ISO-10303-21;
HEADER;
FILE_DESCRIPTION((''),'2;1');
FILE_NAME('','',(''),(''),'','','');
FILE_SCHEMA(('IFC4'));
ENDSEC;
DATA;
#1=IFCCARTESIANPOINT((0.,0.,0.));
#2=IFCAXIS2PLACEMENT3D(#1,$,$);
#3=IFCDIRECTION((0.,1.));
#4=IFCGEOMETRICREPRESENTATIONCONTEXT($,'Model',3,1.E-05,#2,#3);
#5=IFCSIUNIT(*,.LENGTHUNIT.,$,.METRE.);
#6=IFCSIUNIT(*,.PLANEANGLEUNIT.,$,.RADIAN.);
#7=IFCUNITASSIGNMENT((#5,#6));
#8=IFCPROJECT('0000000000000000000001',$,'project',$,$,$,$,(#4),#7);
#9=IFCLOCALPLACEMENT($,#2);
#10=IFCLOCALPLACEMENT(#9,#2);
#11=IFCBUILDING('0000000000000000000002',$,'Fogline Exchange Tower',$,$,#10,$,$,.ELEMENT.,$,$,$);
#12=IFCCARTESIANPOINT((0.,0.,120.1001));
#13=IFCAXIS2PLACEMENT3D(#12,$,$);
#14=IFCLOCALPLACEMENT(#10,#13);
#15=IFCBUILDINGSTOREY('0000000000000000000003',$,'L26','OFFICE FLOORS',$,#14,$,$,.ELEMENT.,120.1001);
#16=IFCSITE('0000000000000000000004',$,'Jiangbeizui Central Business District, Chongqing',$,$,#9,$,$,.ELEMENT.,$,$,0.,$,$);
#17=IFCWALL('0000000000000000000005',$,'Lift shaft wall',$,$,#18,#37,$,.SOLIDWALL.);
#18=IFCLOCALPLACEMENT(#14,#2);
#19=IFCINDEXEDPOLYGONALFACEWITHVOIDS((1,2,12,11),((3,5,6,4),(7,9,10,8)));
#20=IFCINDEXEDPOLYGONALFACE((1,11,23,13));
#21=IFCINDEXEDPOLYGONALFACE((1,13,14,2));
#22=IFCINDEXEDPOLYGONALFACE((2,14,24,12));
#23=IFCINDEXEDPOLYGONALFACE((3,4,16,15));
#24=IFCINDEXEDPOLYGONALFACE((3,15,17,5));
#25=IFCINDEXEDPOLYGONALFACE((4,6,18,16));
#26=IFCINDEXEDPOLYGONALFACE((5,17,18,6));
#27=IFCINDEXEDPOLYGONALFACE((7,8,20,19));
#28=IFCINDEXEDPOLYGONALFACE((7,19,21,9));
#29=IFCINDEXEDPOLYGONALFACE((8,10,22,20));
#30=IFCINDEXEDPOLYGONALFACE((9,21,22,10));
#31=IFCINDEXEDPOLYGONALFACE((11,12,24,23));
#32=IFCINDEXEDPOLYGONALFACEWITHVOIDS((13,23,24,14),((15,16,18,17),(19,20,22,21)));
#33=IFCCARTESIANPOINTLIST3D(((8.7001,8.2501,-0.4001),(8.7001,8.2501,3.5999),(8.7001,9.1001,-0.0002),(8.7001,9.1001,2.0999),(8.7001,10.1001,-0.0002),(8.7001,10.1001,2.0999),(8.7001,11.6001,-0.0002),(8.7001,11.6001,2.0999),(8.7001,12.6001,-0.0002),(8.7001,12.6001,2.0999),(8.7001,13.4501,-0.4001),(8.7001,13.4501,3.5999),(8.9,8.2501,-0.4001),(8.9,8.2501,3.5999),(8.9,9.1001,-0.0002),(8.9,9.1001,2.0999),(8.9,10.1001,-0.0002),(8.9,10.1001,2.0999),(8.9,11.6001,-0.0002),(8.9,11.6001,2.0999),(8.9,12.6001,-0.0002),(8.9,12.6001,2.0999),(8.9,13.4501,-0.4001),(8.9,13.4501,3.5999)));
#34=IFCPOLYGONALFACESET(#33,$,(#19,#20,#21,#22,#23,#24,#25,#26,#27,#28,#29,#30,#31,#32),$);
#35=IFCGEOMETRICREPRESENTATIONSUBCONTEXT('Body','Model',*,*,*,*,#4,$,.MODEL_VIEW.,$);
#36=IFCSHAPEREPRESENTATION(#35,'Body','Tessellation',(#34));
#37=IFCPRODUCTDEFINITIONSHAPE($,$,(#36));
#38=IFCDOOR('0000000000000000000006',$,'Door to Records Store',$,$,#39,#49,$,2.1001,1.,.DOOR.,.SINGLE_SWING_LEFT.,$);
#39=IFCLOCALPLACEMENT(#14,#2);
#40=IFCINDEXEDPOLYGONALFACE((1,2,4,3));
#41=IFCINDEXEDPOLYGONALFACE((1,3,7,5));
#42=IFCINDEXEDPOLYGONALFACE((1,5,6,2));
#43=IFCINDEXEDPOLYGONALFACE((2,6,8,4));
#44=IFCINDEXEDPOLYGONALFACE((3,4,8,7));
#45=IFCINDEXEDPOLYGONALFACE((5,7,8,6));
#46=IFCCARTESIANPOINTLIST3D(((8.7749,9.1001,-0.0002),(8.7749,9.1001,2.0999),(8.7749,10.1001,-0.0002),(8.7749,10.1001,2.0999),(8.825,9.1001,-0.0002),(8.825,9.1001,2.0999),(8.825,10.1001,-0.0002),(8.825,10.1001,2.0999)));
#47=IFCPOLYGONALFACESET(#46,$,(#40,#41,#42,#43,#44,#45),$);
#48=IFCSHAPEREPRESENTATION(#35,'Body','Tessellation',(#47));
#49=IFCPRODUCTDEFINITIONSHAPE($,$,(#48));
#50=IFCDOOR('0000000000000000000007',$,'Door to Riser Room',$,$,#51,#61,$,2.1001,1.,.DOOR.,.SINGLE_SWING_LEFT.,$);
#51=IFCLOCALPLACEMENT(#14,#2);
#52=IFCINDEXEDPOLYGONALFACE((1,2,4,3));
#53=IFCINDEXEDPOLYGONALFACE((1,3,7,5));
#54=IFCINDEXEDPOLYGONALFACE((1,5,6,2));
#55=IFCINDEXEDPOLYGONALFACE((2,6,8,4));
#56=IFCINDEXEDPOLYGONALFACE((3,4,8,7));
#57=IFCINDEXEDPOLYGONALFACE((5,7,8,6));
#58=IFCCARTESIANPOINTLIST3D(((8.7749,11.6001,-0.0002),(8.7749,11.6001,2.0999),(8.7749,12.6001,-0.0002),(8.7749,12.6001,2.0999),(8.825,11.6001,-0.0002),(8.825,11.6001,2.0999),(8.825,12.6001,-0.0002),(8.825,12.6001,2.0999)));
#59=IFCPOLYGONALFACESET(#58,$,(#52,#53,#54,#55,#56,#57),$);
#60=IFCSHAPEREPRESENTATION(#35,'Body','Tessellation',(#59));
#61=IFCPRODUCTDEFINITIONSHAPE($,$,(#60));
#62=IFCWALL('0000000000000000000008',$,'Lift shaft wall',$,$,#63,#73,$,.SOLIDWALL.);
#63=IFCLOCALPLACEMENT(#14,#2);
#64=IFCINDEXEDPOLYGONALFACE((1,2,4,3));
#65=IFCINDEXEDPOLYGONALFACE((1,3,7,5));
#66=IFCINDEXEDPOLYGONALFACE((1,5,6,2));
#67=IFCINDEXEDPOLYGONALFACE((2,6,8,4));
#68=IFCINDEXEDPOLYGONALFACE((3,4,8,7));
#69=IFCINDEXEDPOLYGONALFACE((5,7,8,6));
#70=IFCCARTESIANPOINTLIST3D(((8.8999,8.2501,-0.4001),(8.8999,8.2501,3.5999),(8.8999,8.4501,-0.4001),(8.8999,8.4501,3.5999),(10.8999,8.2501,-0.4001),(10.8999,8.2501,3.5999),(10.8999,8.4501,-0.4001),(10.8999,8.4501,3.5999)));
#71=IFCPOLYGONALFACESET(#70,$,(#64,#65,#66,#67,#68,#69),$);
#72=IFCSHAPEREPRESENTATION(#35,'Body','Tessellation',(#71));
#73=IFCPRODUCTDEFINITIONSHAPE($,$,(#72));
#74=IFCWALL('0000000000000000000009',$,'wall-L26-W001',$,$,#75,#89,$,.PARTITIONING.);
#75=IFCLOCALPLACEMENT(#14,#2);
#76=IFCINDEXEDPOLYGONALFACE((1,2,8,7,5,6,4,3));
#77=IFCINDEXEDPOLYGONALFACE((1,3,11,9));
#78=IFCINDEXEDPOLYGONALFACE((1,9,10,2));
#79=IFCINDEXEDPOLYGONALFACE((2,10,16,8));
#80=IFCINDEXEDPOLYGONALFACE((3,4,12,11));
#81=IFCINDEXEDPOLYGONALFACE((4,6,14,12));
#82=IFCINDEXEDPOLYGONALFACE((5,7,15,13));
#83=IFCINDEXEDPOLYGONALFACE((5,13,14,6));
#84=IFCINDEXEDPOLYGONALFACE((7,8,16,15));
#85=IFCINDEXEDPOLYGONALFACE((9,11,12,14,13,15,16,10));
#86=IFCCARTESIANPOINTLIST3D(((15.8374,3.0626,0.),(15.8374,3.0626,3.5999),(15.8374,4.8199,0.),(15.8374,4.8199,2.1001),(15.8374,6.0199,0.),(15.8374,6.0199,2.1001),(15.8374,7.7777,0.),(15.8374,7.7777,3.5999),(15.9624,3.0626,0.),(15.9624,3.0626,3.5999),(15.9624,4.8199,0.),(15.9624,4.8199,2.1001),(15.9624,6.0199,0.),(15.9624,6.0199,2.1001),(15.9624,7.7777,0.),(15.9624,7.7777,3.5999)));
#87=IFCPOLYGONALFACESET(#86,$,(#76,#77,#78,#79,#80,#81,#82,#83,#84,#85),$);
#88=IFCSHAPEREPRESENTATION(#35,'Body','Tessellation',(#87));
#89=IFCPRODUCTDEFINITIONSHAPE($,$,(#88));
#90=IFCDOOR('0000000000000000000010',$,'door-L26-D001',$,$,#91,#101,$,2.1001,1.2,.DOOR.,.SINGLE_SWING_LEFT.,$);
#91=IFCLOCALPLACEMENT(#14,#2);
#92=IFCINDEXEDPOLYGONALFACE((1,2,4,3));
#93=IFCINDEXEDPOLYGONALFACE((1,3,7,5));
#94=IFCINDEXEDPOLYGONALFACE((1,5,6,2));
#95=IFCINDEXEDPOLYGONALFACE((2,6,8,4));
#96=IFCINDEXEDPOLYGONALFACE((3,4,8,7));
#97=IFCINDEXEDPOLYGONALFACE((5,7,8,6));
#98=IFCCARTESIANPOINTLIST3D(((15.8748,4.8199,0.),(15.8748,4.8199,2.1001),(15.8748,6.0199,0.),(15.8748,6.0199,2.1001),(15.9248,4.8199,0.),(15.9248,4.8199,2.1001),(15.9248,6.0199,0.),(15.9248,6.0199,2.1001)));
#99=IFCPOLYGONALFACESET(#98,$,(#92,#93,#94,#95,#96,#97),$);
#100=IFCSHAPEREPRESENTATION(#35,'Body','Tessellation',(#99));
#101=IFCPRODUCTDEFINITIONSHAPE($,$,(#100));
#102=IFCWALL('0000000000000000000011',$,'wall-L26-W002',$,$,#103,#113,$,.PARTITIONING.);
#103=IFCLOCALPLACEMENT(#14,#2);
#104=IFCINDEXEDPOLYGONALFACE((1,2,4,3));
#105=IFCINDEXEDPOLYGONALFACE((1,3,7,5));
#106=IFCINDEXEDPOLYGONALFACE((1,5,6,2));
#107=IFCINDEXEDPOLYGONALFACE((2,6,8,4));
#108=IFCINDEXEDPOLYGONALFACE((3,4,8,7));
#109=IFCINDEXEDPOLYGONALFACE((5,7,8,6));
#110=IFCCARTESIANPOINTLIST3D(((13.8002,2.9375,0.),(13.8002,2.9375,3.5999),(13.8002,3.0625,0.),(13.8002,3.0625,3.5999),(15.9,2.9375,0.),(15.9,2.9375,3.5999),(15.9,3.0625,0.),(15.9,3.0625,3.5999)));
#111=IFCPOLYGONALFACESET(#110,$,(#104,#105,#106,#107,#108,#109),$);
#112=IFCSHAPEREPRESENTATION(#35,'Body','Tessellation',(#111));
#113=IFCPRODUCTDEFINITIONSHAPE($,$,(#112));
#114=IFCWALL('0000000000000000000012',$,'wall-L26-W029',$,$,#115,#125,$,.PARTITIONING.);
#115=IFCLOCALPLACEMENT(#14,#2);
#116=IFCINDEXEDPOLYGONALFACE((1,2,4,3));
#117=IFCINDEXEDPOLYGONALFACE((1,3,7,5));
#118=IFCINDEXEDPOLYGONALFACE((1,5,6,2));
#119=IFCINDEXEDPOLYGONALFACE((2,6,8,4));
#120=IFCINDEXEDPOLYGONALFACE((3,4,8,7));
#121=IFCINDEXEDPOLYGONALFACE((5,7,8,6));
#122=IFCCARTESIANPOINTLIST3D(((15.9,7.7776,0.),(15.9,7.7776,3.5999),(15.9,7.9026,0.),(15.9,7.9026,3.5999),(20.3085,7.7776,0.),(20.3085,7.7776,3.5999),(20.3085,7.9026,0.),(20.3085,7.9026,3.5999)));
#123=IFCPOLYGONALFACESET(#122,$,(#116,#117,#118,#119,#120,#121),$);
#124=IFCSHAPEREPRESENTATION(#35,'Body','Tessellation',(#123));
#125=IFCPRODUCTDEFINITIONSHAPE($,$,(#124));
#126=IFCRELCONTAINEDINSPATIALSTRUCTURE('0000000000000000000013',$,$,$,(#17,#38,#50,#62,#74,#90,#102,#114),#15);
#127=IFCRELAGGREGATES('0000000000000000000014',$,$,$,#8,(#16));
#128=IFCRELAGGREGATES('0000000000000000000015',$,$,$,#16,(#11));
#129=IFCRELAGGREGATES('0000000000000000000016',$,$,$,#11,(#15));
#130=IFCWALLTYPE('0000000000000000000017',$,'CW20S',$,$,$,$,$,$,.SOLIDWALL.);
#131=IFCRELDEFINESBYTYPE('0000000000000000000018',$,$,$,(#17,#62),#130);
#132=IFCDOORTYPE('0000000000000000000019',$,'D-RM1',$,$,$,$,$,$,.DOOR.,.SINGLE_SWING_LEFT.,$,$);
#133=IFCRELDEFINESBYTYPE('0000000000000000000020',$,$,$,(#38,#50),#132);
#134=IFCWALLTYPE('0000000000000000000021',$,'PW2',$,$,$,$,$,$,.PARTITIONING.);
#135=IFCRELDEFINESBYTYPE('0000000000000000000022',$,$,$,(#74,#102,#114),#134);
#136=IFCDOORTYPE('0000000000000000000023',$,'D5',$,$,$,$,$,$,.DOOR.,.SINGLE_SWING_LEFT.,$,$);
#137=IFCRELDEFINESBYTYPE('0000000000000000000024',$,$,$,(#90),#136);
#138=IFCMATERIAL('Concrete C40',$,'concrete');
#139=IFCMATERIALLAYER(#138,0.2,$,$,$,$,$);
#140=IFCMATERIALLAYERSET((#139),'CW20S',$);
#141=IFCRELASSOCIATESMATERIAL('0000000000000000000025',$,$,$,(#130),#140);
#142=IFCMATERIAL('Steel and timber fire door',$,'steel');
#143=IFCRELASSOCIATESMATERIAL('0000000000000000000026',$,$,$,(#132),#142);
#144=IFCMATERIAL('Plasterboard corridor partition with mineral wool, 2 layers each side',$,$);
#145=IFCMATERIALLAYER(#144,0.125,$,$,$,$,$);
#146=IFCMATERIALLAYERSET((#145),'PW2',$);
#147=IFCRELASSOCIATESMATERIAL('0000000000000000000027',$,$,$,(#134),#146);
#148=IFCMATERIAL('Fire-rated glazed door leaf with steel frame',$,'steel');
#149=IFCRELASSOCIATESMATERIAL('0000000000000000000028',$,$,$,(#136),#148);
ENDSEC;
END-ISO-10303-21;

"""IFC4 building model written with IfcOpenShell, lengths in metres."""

from ifc_helpers import new_model, si_unit, direction, frame, frame_2d, origin, place, context, subcontext, project, spatial, rectangle, extrude, material, layer, layer_set, type_object, element, fill, save


model = new_model("IFC4")

# Units and contexts
model_context = context("Model", 3, precision=1e-05, world=origin(), true_north=direction((0.0, 1.0)))
body_context = subcontext(model_context, "Body", "Model", "MODEL_VIEW")
ifc_project = project(units=[si_unit("LENGTHUNIT", "METRE"), si_unit("PLANEANGLEUNIT", "RADIAN")], contexts=[model_context])

# Site, building, storey
site_placement = place(None, origin())
site = spatial("IfcSite", under=ifc_project, at=site_placement, Name="Jiangbeizui Central Business District, Chongqing", CompositionType="ELEMENT", RefElevation=0.0)
building_placement = place(site_placement, origin())
building = spatial("IfcBuilding", under=site, at=building_placement, Name="Fogline Exchange Tower", CompositionType="ELEMENT")
storey_placement = place(building_placement, frame((0.0, 0.0, 120.1001)))
storey = spatial("IfcBuildingStorey", under=building, at=storey_placement, Name="L26", Description="OFFICE FLOORS", CompositionType="ELEMENT", Elevation=120.1001)

# Shared definitions
ifc_material_1 = material(Name="Concrete C40", Category="concrete")

# Shared definitions
ifc_material_2 = material(Name="Steel and timber fire door", Category="steel")

# Wall, openings, doors
ifc_layer_1 = layer(ifc_material_1, 0.2)
ifc_layer_set_1 = layer_set([ifc_layer_1], Name="CW20S")
wall_type_1 = type_object("IfcWallType", Name="CW20S", PredefinedType="SOLIDWALL", material=ifc_layer_set_1)
wall_1_placement = place(storey_placement, frame((8.8, 8.25, -0.4001), z_axis=(0.0, 0.0, 1.0), x_axis=(0.0, 1.0, 0.0)))
wall_1 = element("IfcWall", 1, at=wall_1_placement, inside=storey, type_object=wall_type_1, Name="Lift shaft wall", PredefinedType="SOLIDWALL", context=body_context, shape_type="SweptSolid", body=[
    extrude(rectangle(XDim=5.2, YDim=0.2, at=frame_2d((2.6001, 0.0))), origin(), (0.0, 0.0, 1.0), 4.0),
])
opening_1_placement = place(wall_1_placement, frame((0.8501, 0.0, 0.3999)))
opening_1 = element("IfcOpeningElement", 2, at=opening_1_placement, cuts=wall_1, PredefinedType="OPENING", context=body_context, shape_type="SweptSolid", body=[
    extrude(rectangle(XDim=1.0, YDim=2.1001, at=frame_2d((0.5, 1.05))), frame((0.0, 0.1099, 0.0), z_axis=(0.0, -1.0, 0.0), x_axis=(1.0, 0.0, 0.0)), (0.0, 0.0, 1.0), 0.22),
])
opening_2_placement = place(wall_1_placement, frame((3.3501, 0.0, 0.3999)))
opening_2 = element("IfcOpeningElement", 3, at=opening_2_placement, cuts=wall_1, PredefinedType="OPENING", context=body_context, shape_type="SweptSolid", body=[
    extrude(rectangle(XDim=1.0, YDim=2.1001, at=frame_2d((0.5, 1.05))), frame((0.0, 0.1099, 0.0), z_axis=(0.0, -1.0, 0.0), x_axis=(1.0, 0.0, 0.0)), (0.0, 0.0, 1.0), 0.22),
])
door_type_1 = type_object("IfcDoorType", Name="D-RM1", OperationType="SINGLE_SWING_LEFT", PredefinedType="DOOR", material=ifc_material_2)
door_1_placement = place(opening_1_placement, frame((1.0, 0.0, 0.0), z_axis=(0.0, 0.0, 1.0), x_axis=(-1.0, 0.0, 0.0)))
door_1 = element("IfcDoor", 4, at=door_1_placement, inside=storey, type_object=door_type_1, Name="Door to Records Store", OperationType="SINGLE_SWING_LEFT", OverallHeight=2.1001, OverallWidth=1.0, PredefinedType="DOOR", context=body_context, shape_type="SweptSolid", body=[
    extrude(rectangle(XDim=1.0, YDim=2.1001, at=frame_2d((0.5, 1.05))), frame((0.0, 0.0249, 0.0), z_axis=(0.0, -1.0, 0.0), x_axis=(1.0, 0.0, 0.0)), (0.0, 0.0, 1.0), 0.05),
])
fill(opening_1, door_1)
door_2_placement = place(opening_2_placement, frame((1.0, 0.0, 0.0), z_axis=(0.0, 0.0, 1.0), x_axis=(-1.0, 0.0, 0.0)))
door_2 = element("IfcDoor", 5, at=door_2_placement, inside=storey, type_object=door_type_1, Name="Door to Riser Room", OperationType="SINGLE_SWING_LEFT", OverallHeight=2.1001, OverallWidth=1.0, PredefinedType="DOOR", context=body_context, shape_type="SweptSolid", body=[
    extrude(rectangle(XDim=1.0, YDim=2.1001, at=frame_2d((0.5, 1.05))), frame((0.0, 0.0249, 0.0), z_axis=(0.0, -1.0, 0.0), x_axis=(1.0, 0.0, 0.0)), (0.0, 0.0, 1.0), 0.05),
])
fill(opening_2, door_2)

# Wall
wall_2_placement = place(storey_placement, frame((8.8999, 8.3501, -0.4001), z_axis=(0.0, 0.0, 1.0), x_axis=(1.0, 0.0, 0.0)))
element("IfcWall", 6, at=wall_2_placement, inside=storey, type_object=wall_type_1, Name="Lift shaft wall", PredefinedType="SOLIDWALL", context=body_context, shape_type="SweptSolid", body=[
    extrude(rectangle(XDim=2.0, YDim=0.2, at=frame_2d((1.0, 0.0))), origin(), (0.0, 0.0, 1.0), 4.0),
])

# Wall, opening, door
ifc_material_3 = material(Name="Plasterboard corridor partition with mineral wool, 2 layers each side")
ifc_layer_2 = layer(ifc_material_3, 0.125)
ifc_layer_set_2 = layer_set([ifc_layer_2], Name="PW2")
wall_type_2 = type_object("IfcWallType", Name="PW2", PredefinedType="PARTITIONING", material=ifc_layer_set_2)
wall_3_placement = place(storey_placement, frame((15.8999, 7.7776, 0.0), z_axis=(0.0, 0.0, 1.0), x_axis=(0.0, -1.0, 0.0)))
wall_3 = element("IfcWall", 7, at=wall_3_placement, inside=storey, type_object=wall_type_2, Name="wall-L26-W001", PredefinedType="PARTITIONING", context=body_context, shape_type="SweptSolid", body=[
    extrude(rectangle(XDim=4.7151, YDim=0.125, at=frame_2d((2.3574, 0.0))), origin(), (0.0, 0.0, 1.0), 3.5999),
])
opening_3_placement = place(wall_3_placement, frame((1.7576, 0.0, 0.0)))
opening_3 = element("IfcOpeningElement", 8, at=opening_3_placement, cuts=wall_3, PredefinedType="OPENING", context=body_context, shape_type="SweptSolid", body=[
    extrude(rectangle(XDim=1.2, YDim=2.1001, at=frame_2d((0.6001, 1.05))), frame((0.0, 0.0725, 0.0), z_axis=(0.0, -1.0, 0.0), x_axis=(1.0, 0.0, 0.0)), (0.0, 0.0, 1.0), 0.145),
])
ifc_material_4 = material(Name="Fire-rated glazed door leaf with steel frame", Category="steel")
door_type_2 = type_object("IfcDoorType", Name="D5", OperationType="SINGLE_SWING_LEFT", PredefinedType="DOOR", material=ifc_material_4)
door_3_placement = place(opening_3_placement, origin())
door_3 = element("IfcDoor", 9, at=door_3_placement, inside=storey, type_object=door_type_2, Name="door-L26-D001", OperationType="SINGLE_SWING_LEFT", OverallHeight=2.1001, OverallWidth=1.2, PredefinedType="DOOR", context=body_context, shape_type="SweptSolid", body=[
    extrude(rectangle(XDim=1.2, YDim=2.1001, at=frame_2d((0.6001, 1.05))), frame((0.0, 0.0249, 0.0), z_axis=(0.0, -1.0, 0.0), x_axis=(1.0, 0.0, 0.0)), (0.0, 0.0, 1.0), 0.05),
])
fill(opening_3, door_3)

# Walls
wall_4_placement = place(storey_placement, frame((15.8999, 3.0, 0.0), z_axis=(0.0, 0.0, 1.0), x_axis=(-1.0, 0.0, 0.0)))
element("IfcWall", 10, at=wall_4_placement, inside=storey, type_object=wall_type_2, Name="wall-L26-W002", PredefinedType="PARTITIONING", context=body_context, shape_type="SweptSolid", body=[
    extrude(rectangle(XDim=2.0999, YDim=0.125, at=frame_2d((1.0498, 0.0))), origin(), (0.0, 0.0, 1.0), 3.5999),
])
wall_5_placement = place(storey_placement, frame((20.3083, 7.8401, 0.0), z_axis=(0.0, 0.0, 1.0), x_axis=(-1.0, 0.0, 0.0)))
element("IfcWall", 11, at=wall_5_placement, inside=storey, type_object=wall_type_2, Name="wall-L26-W029", PredefinedType="PARTITIONING", context=body_context, shape_type="SweptSolid", body=[
    extrude(rectangle(XDim=4.4084, YDim=0.125, at=frame_2d((2.2041, 0.0))), origin(), (0.0, 0.0, 1.0), 3.5999),
])

save(model, "model.ifc")
